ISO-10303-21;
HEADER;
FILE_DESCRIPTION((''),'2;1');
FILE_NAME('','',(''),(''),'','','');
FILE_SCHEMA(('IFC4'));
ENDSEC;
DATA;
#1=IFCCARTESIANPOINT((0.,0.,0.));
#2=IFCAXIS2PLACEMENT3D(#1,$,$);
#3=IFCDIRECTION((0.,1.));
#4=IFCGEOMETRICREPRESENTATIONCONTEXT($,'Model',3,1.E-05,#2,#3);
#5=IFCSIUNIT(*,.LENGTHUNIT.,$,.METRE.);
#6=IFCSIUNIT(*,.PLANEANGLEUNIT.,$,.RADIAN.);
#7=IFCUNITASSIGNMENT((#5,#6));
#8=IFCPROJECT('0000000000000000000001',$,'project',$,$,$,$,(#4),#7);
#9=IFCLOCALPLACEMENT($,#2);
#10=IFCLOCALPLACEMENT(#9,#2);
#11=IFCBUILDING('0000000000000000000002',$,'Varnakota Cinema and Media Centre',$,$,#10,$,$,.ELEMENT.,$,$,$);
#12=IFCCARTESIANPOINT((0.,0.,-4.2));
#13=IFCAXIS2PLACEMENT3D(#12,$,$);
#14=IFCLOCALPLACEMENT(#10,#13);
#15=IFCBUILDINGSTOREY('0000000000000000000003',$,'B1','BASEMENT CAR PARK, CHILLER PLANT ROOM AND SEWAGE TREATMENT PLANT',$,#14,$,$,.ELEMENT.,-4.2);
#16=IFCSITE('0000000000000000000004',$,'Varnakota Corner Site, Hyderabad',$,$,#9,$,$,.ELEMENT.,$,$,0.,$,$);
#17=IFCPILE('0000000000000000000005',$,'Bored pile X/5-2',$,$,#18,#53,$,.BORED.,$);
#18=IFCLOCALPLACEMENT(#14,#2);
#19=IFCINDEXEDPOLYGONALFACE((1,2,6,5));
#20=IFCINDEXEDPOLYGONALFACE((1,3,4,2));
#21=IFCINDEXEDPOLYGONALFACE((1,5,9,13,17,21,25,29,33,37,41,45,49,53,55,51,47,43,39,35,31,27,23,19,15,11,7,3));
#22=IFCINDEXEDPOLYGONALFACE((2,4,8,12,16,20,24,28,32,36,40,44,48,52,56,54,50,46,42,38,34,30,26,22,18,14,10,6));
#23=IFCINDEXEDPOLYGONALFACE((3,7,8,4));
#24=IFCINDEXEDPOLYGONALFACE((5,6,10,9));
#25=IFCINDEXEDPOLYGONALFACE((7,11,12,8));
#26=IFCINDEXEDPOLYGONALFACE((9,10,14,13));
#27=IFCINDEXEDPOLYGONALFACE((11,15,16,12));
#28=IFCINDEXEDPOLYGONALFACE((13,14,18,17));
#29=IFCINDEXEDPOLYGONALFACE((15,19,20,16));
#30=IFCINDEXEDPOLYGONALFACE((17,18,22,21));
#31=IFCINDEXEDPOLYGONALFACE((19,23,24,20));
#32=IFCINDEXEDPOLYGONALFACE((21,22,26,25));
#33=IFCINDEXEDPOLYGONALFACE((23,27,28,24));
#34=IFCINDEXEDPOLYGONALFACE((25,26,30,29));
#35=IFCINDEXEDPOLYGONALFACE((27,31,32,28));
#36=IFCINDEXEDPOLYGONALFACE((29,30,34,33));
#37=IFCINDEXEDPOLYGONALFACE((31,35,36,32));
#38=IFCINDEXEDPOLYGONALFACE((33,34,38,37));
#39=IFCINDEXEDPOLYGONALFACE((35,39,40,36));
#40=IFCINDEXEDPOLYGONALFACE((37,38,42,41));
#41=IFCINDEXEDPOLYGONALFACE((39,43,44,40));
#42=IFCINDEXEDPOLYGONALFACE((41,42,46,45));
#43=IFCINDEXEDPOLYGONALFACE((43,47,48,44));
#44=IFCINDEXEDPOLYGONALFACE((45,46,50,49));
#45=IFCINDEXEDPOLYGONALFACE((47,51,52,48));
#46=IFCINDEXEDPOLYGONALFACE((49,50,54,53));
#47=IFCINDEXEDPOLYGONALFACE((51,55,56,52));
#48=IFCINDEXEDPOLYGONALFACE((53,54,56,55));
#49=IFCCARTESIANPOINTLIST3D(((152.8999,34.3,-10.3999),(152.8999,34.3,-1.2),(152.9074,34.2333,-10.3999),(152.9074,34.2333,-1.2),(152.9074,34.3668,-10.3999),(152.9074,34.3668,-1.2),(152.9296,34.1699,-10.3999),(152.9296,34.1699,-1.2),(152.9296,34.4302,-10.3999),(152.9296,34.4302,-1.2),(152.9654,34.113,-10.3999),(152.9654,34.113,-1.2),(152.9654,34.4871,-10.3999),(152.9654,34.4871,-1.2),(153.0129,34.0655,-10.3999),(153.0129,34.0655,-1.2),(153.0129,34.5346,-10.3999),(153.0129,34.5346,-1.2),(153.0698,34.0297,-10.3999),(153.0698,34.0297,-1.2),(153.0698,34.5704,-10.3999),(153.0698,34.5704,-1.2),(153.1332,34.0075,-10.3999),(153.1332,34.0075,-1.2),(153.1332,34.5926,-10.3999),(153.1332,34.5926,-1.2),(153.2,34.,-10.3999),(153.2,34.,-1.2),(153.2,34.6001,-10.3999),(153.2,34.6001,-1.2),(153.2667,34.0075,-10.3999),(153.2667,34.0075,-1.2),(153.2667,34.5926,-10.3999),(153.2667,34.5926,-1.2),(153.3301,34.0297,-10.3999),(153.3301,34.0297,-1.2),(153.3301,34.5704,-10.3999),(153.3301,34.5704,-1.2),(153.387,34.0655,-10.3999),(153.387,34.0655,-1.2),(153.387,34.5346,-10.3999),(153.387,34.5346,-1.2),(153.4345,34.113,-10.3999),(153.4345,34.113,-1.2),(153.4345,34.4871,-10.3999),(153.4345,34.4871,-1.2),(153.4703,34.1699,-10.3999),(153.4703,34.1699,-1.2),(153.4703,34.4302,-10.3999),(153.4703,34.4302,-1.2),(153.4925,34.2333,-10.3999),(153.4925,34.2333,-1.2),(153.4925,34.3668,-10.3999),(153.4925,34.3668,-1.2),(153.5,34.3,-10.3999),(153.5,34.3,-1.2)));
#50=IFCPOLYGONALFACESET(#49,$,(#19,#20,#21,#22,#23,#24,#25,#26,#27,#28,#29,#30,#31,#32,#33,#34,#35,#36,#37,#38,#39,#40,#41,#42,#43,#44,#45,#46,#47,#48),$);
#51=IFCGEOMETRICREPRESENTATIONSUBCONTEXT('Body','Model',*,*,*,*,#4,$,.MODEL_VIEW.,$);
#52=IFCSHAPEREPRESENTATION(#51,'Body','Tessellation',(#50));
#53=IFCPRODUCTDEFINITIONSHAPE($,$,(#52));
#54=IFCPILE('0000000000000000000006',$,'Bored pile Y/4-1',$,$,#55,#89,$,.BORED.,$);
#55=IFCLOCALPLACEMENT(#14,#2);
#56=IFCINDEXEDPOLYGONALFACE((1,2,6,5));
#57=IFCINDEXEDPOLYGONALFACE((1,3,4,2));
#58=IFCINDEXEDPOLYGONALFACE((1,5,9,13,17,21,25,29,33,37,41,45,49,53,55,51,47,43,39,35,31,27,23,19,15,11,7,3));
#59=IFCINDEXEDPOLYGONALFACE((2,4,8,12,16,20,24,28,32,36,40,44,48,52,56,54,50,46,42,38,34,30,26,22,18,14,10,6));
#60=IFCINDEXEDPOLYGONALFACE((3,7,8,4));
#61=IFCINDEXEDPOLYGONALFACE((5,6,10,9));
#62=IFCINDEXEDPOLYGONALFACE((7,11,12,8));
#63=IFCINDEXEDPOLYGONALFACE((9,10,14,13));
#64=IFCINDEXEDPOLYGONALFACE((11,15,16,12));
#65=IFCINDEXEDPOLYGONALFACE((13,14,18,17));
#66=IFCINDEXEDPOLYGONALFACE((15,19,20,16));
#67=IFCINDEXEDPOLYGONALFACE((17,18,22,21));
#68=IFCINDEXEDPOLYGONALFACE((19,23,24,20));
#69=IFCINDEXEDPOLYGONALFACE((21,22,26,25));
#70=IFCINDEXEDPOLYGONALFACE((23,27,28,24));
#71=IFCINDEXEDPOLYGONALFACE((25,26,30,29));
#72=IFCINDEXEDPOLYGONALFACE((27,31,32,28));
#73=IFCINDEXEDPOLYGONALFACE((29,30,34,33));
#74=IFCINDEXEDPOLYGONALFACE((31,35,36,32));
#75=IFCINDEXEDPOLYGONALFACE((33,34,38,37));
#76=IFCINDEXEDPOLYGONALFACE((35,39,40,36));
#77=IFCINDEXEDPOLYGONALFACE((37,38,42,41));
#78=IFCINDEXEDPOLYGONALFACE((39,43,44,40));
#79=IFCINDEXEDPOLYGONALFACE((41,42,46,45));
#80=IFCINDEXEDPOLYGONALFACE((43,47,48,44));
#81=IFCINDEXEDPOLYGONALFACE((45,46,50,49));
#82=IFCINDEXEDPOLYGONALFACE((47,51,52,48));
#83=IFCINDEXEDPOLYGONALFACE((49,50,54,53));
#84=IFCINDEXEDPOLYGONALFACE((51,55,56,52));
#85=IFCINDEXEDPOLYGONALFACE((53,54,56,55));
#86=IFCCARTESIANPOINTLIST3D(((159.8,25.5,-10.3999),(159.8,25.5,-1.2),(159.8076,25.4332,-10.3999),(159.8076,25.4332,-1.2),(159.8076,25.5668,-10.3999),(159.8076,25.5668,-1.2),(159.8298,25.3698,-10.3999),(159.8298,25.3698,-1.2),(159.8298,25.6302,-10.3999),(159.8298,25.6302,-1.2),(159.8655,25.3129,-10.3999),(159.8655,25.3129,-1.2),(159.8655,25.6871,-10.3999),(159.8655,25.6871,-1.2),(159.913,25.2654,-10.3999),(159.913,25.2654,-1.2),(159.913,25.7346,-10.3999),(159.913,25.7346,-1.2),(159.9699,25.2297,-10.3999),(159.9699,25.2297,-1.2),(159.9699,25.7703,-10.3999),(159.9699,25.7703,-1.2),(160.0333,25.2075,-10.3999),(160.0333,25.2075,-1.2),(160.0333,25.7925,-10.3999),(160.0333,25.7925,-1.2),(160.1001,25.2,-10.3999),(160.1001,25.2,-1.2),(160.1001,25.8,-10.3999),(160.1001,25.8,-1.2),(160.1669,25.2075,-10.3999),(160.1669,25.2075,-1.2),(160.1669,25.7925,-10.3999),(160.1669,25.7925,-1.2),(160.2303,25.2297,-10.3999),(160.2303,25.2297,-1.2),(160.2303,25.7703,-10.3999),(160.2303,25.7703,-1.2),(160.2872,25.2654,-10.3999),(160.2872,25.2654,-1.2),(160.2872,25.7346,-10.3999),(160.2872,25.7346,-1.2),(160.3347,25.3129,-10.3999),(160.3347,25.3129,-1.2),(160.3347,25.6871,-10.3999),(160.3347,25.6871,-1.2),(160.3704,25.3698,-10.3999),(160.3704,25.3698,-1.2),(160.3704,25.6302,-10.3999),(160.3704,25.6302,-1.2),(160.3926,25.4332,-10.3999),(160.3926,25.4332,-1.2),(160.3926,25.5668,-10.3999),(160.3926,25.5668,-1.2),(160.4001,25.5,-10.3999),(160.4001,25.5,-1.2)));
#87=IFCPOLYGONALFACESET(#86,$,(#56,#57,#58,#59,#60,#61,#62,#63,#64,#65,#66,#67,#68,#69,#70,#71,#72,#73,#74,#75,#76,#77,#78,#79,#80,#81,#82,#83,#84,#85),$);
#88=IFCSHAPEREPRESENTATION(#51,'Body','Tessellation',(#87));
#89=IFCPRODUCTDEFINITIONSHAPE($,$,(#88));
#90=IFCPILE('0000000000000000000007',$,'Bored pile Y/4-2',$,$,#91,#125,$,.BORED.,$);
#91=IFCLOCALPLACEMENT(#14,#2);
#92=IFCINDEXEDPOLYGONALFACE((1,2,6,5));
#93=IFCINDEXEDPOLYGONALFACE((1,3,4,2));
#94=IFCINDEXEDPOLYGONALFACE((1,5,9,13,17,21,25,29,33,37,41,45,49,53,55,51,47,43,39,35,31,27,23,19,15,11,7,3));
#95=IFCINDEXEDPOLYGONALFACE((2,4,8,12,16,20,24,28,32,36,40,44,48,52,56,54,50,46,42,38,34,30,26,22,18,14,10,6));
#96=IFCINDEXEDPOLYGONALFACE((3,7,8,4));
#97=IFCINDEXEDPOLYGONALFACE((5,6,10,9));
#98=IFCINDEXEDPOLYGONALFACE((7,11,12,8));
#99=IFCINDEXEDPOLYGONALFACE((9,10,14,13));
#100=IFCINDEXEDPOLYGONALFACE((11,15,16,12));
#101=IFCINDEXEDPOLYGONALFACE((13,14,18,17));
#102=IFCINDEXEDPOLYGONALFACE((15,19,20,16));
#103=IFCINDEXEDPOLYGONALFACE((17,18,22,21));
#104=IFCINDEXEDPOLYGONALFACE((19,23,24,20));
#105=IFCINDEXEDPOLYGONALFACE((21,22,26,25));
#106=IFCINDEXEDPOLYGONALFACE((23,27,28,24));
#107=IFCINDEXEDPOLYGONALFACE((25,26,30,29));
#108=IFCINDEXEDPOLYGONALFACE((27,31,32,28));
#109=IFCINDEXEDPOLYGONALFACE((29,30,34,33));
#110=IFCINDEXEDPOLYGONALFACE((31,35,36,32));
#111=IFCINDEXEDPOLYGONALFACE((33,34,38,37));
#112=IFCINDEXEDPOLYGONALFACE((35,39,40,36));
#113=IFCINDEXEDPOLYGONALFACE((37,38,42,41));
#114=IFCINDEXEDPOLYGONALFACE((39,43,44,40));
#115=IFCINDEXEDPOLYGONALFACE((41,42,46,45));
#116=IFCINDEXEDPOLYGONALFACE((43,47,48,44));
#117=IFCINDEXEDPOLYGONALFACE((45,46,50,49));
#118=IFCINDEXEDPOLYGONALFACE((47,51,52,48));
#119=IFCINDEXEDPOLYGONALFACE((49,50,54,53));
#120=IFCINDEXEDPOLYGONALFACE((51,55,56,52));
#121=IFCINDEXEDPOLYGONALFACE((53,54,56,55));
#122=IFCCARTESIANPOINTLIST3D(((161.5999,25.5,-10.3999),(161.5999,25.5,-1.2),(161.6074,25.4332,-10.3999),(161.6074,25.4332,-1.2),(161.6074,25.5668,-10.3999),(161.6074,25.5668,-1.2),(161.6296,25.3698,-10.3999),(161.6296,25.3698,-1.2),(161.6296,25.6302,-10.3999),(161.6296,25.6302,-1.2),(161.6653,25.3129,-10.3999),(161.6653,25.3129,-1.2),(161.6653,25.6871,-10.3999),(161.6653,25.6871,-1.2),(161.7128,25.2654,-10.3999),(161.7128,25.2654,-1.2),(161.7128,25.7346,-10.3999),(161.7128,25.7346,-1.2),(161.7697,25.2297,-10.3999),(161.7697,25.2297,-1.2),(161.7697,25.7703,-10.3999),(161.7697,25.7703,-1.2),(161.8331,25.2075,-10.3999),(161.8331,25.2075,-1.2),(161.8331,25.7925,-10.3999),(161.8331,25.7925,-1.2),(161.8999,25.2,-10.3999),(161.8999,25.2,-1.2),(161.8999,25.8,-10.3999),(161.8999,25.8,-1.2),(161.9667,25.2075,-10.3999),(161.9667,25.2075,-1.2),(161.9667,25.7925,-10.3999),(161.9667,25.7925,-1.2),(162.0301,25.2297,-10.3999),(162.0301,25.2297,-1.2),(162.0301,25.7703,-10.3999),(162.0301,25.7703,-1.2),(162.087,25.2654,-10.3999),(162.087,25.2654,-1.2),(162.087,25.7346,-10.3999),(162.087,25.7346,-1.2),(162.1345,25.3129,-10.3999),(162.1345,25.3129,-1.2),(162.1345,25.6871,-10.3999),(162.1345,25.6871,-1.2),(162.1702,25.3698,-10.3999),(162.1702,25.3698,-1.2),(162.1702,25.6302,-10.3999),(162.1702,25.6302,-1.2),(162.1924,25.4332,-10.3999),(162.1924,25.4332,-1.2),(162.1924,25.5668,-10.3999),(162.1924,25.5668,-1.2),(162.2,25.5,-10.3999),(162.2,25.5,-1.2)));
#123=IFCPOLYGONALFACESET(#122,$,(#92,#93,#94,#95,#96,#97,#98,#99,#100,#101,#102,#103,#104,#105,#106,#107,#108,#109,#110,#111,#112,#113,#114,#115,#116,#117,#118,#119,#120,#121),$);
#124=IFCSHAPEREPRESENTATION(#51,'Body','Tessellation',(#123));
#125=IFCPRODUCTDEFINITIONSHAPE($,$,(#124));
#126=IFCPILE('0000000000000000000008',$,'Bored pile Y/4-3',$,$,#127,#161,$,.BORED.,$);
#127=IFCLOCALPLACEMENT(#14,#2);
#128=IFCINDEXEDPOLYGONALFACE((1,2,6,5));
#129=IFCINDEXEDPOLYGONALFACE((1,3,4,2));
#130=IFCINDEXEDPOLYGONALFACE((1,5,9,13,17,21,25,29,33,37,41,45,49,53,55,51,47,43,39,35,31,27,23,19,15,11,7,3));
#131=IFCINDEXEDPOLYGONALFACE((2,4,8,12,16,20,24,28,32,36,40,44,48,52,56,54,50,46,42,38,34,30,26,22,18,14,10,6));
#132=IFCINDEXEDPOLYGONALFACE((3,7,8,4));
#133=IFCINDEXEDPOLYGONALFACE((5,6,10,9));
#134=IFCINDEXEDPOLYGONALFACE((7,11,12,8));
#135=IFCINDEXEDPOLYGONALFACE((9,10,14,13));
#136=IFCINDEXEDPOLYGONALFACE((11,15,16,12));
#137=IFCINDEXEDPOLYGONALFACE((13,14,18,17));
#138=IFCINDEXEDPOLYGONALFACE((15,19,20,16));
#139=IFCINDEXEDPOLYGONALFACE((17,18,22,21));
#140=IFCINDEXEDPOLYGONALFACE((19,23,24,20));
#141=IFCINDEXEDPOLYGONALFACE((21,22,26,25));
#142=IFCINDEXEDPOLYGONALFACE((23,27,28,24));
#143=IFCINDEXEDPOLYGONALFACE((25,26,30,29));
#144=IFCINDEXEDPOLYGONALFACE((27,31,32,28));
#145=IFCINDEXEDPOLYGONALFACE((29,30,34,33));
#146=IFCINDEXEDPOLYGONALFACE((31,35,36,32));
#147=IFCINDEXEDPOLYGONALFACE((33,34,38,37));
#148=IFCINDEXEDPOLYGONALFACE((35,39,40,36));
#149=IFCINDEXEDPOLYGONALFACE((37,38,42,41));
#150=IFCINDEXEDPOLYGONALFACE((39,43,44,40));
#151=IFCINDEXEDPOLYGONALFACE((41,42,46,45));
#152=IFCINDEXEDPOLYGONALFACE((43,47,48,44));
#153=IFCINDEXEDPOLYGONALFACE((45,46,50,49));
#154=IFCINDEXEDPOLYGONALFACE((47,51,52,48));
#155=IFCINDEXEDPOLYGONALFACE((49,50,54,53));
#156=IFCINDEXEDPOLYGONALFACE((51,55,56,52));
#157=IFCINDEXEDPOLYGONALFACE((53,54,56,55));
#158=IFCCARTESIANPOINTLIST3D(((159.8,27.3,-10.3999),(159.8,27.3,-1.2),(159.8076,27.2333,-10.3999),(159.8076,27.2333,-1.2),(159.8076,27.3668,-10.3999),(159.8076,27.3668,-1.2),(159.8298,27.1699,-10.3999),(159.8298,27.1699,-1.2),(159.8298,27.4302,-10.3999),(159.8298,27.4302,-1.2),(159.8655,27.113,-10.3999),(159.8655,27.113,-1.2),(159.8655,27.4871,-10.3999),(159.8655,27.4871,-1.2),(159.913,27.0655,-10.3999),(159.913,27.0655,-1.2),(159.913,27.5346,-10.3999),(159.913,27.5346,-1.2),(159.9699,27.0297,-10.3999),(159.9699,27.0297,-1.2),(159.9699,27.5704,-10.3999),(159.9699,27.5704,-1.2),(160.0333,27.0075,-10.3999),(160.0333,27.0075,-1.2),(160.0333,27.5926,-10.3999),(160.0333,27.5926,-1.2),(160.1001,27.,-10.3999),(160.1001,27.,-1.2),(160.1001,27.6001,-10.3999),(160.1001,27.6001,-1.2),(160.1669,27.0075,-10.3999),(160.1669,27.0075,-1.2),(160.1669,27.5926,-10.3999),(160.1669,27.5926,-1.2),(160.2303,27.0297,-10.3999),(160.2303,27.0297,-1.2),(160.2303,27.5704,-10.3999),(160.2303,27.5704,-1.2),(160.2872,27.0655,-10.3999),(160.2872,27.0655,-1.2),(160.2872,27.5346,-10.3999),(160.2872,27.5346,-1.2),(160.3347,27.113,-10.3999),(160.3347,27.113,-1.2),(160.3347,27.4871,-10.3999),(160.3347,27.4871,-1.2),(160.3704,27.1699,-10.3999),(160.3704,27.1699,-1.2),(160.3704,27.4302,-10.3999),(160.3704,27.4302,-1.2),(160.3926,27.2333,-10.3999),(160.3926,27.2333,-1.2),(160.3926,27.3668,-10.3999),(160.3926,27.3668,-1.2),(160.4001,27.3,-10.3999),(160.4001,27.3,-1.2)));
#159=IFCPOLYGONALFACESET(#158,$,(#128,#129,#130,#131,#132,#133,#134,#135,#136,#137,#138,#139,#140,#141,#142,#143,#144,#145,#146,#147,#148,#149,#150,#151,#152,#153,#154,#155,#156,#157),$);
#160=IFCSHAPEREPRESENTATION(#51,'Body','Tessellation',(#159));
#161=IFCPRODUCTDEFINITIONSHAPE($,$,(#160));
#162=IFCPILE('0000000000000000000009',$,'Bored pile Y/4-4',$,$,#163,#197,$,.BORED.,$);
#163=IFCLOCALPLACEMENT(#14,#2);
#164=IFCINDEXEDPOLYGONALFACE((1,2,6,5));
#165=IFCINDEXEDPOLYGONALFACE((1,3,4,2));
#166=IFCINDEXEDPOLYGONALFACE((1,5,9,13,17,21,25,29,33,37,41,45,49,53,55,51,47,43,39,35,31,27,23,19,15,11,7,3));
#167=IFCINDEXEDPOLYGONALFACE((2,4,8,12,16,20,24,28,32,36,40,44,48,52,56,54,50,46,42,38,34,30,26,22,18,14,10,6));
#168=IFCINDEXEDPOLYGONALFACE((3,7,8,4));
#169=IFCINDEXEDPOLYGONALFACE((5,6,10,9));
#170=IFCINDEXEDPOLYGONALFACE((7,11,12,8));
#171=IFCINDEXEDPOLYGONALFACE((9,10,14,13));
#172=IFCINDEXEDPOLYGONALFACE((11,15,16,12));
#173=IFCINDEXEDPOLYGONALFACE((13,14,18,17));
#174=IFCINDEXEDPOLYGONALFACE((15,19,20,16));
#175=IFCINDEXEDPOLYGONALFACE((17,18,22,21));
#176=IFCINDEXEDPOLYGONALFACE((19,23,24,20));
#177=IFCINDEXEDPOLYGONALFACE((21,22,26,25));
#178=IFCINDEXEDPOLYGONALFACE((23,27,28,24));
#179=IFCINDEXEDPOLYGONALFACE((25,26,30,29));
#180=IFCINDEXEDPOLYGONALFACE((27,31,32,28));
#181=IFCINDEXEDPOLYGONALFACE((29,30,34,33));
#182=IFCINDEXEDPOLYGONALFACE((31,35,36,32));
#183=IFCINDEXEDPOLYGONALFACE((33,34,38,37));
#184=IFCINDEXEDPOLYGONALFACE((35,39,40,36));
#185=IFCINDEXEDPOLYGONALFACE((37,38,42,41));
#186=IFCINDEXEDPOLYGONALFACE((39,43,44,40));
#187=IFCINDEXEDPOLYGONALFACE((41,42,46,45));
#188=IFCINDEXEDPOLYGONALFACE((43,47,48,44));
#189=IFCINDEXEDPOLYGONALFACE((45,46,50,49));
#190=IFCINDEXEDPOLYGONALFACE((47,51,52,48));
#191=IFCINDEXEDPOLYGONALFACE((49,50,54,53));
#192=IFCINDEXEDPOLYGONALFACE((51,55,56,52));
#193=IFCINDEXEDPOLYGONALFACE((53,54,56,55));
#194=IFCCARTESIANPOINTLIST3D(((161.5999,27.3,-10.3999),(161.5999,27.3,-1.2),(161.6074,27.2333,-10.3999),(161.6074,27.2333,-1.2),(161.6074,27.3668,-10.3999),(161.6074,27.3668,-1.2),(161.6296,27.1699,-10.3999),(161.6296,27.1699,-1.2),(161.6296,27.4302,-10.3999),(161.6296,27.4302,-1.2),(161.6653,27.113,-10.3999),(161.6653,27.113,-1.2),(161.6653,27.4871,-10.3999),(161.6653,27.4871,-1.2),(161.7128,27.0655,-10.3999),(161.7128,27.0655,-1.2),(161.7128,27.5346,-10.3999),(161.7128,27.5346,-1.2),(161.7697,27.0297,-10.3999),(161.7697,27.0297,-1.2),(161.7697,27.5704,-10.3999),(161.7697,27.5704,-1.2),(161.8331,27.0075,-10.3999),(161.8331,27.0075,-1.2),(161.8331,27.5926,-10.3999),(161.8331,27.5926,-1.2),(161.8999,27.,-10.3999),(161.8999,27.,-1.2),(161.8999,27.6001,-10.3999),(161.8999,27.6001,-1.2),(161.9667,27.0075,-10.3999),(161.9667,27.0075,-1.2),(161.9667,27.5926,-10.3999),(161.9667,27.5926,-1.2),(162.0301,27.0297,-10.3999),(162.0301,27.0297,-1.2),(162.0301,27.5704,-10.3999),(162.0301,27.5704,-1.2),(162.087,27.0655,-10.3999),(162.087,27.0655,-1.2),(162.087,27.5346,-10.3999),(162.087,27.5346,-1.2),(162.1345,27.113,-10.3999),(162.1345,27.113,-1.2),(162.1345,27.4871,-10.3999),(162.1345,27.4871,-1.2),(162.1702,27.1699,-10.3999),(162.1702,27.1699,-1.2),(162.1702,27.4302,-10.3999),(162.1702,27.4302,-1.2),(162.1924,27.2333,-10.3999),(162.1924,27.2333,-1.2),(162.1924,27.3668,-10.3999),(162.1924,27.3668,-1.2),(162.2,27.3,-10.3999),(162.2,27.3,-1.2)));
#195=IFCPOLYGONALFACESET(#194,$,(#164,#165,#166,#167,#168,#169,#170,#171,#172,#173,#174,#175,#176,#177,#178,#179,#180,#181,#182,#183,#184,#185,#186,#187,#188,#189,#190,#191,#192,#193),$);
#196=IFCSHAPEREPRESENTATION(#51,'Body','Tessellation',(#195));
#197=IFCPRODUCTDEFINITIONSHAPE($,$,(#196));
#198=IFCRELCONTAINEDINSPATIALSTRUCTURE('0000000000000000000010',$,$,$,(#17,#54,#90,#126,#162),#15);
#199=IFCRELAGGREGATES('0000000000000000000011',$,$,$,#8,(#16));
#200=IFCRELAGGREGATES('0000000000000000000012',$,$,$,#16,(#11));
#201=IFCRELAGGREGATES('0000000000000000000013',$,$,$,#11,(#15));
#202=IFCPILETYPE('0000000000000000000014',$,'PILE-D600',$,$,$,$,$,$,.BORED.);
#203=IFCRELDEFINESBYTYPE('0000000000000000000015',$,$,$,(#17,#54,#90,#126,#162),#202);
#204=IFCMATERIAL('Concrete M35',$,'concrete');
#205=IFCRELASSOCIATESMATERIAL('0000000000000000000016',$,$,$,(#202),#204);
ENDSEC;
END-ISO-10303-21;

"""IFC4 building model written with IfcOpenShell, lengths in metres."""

from ifc_helpers import new_model, si_unit, direction, frame, origin, origin_2d, place, context, subcontext, project, spatial, circle, extrude, material, material_profile, profile_set, type_object, element, save


model = new_model("IFC4")

# Units and contexts
model_context = context("Model", 3, precision=1e-05, world=origin(), true_north=direction((0.0, 1.0)))
body_context = subcontext(model_context, "Body", "Model", "MODEL_VIEW")
ifc_project = project(units=[si_unit("LENGTHUNIT", "METRE"), si_unit("PLANEANGLEUNIT", "RADIAN")], contexts=[model_context])

# Site, building, storey
site_placement = place(None, origin())
site = spatial("IfcSite", under=ifc_project, at=site_placement, Name="Varnakota Corner Site, Hyderabad", CompositionType="ELEMENT", RefElevation=0.0)
building_placement = place(site_placement, origin())
building = spatial("IfcBuilding", under=site, at=building_placement, Name="Varnakota Cinema and Media Centre", CompositionType="ELEMENT")
storey_placement = place(building_placement, frame((0.0, 0.0, -4.2)))
storey = spatial("IfcBuildingStorey", under=building, at=storey_placement, Name="B1", Description="BASEMENT CAR PARK, CHILLER PLANT ROOM AND SEWAGE TREATMENT PLANT", CompositionType="ELEMENT", Elevation=-4.2)

# Piles
ifc_material_1 = material(Name="Concrete M35", Category="concrete")
ifc_material_profile_1 = material_profile(ifc_material_1, circle(Radius=0.3, at=origin_2d()), Name="PILE D600")
ifc_profile_set_1 = profile_set([ifc_material_profile_1], Name="Concrete M35")
pile_type_1 = type_object("IfcPileType", Name="PILE-D600", PredefinedType="BORED", material=ifc_profile_set_1)
for number, where, z_axis, x_axis, name in (
    (1, (153.2, 34.3, -1.2), (0.0, 0.0, -1.0), (1.0, 0.0, 0.0), "Bored pile X/5-2"),
    (2, (160.1001, 25.5, -1.2), (0.0, 0.0, -1.0), (1.0, 0.0, 0.0), "Bored pile Y/4-1"),
    (3, (161.8999, 25.5, -1.2), (0.0, 0.0, -1.0), (1.0, 0.0, 0.0), "Bored pile Y/4-2"),
    (4, (160.1001, 27.3, -1.2), (0.0, 0.0, -1.0), (1.0, 0.0, 0.0), "Bored pile Y/4-3"),
    (5, (161.8999, 27.3, -1.2), (0.0, 0.0, -1.0), (1.0, 0.0, 0.0), "Bored pile Y/4-4"),
):
    element("IfcPile", number, at=place(storey_placement, frame(where, z_axis=z_axis, x_axis=x_axis)), inside=storey, type_object=pile_type_1, Name=name, PredefinedType="BORED", context=body_context, shape_type="SweptSolid", body=[
        extrude(circle(Radius=0.3, at=origin_2d()), origin(), (0.0, 0.0, 1.0), 9.2),
    ])

save(model, "model.ifc")
